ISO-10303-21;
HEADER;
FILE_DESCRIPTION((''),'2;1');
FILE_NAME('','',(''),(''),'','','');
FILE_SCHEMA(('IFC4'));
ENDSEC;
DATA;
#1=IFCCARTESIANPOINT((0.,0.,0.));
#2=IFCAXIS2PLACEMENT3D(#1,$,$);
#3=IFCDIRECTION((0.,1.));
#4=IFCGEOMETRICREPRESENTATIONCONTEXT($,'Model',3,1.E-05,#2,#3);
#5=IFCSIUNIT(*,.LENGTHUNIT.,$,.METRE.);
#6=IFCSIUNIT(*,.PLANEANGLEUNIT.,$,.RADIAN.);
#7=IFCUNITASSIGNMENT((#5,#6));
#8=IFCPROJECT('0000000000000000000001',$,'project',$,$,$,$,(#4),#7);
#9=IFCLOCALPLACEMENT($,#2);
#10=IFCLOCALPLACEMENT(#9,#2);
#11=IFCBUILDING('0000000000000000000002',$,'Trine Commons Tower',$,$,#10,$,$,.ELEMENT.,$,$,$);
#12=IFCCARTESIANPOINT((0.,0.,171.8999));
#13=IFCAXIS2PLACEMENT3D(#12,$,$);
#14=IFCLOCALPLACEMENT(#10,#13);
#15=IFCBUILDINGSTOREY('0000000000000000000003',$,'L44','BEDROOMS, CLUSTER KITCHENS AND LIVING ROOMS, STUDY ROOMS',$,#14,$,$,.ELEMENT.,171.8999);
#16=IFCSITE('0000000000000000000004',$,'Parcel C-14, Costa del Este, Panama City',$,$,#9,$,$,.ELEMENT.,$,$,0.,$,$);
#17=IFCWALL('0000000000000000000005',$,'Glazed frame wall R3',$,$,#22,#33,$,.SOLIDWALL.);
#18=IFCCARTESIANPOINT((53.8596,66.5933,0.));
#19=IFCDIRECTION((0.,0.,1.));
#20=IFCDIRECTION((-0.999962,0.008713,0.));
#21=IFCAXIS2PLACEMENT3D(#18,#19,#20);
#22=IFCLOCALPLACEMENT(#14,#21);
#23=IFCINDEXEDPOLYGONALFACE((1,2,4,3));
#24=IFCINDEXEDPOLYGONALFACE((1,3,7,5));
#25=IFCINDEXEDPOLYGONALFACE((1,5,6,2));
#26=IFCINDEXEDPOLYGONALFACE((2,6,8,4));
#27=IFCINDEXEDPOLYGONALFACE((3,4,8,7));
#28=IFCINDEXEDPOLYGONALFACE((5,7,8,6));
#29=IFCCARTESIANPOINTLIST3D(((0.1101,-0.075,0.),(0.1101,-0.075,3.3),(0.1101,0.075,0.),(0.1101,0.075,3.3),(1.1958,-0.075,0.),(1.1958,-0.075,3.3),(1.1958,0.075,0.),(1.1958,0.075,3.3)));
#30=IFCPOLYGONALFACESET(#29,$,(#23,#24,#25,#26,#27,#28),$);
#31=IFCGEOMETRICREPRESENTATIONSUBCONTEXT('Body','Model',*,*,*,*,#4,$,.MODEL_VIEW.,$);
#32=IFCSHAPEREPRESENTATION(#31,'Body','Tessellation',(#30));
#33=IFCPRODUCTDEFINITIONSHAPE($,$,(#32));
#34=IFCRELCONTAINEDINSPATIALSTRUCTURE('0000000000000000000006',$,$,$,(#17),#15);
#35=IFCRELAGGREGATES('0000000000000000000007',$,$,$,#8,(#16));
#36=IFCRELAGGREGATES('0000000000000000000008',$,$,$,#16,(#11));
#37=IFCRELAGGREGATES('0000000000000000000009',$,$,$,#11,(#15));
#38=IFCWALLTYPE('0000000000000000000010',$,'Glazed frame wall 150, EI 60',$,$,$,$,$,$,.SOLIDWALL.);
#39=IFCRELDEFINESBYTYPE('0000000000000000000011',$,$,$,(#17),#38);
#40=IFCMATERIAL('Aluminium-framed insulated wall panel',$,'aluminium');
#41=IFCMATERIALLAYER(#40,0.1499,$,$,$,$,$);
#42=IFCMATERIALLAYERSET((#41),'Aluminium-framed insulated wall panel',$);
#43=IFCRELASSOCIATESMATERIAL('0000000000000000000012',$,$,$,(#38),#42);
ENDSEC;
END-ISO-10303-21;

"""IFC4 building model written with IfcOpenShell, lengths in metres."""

from ifc_helpers import new_model, si_unit, direction, frame, origin, place, context, subcontext, project, spatial, polyline, outline, extrude, material, layer, layer_set, type_object, element, save


model = new_model("IFC4")

# Units and contexts
model_context = context("Model", 3, precision=1e-05, world=origin(), true_north=direction((0.0, 1.0)))
body_context = subcontext(model_context, "Body", "Model", "MODEL_VIEW")
ifc_project = project(units=[si_unit("LENGTHUNIT", "METRE"), si_unit("PLANEANGLEUNIT", "RADIAN")], contexts=[model_context])

# Site, building, storey
site_placement = place(None, origin())
site = spatial("IfcSite", under=ifc_project, at=site_placement, Name="Parcel C-14, Costa del Este, Panama City", CompositionType="ELEMENT", RefElevation=0.0)
building_placement = place(site_placement, origin())
building = spatial("IfcBuilding", under=site, at=building_placement, Name="Trine Commons Tower", CompositionType="ELEMENT")
storey_placement = place(building_placement, frame((0.0, 0.0, 171.8999)))
storey = spatial("IfcBuildingStorey", under=building, at=storey_placement, Name="L44", Description="BEDROOMS, CLUSTER KITCHENS AND LIVING ROOMS, STUDY ROOMS", CompositionType="ELEMENT", Elevation=171.8999)

# Shared definitions
ifc_material_1 = material(Name="Aluminium-framed insulated wall panel", Category="aluminium")
ifc_layer_1 = layer(ifc_material_1, 0.1499)
ifc_layer_set_1 = layer_set([ifc_layer_1], Name="Aluminium-framed insulated wall panel")
wall_type_1 = type_object("IfcWallType", Name="Glazed frame wall 150, EI 60", PredefinedType="SOLIDWALL", material=ifc_layer_set_1)

# Wall
wall_1_placement = place(storey_placement, frame((53.8596, 66.5933, 0.0), z_axis=(0.0, 0.0, 1.0), x_axis=(-0.999962, 0.008713, 0.0)))
element("IfcWall", 1, at=wall_1_placement, inside=storey, type_object=wall_type_1, Name="Glazed frame wall R3", PredefinedType="SOLIDWALL", context=body_context, shape_type="SweptSolid", body=[
    extrude(outline(polyline([(0.1101, 0.075), (0.1101, -0.075), (1.1958, -0.075), (1.1958, 0.075), (0.1101, 0.075)])), origin(), (0.0, 0.0, 1.0), 3.3),
])

save(model, "model.ifc")
